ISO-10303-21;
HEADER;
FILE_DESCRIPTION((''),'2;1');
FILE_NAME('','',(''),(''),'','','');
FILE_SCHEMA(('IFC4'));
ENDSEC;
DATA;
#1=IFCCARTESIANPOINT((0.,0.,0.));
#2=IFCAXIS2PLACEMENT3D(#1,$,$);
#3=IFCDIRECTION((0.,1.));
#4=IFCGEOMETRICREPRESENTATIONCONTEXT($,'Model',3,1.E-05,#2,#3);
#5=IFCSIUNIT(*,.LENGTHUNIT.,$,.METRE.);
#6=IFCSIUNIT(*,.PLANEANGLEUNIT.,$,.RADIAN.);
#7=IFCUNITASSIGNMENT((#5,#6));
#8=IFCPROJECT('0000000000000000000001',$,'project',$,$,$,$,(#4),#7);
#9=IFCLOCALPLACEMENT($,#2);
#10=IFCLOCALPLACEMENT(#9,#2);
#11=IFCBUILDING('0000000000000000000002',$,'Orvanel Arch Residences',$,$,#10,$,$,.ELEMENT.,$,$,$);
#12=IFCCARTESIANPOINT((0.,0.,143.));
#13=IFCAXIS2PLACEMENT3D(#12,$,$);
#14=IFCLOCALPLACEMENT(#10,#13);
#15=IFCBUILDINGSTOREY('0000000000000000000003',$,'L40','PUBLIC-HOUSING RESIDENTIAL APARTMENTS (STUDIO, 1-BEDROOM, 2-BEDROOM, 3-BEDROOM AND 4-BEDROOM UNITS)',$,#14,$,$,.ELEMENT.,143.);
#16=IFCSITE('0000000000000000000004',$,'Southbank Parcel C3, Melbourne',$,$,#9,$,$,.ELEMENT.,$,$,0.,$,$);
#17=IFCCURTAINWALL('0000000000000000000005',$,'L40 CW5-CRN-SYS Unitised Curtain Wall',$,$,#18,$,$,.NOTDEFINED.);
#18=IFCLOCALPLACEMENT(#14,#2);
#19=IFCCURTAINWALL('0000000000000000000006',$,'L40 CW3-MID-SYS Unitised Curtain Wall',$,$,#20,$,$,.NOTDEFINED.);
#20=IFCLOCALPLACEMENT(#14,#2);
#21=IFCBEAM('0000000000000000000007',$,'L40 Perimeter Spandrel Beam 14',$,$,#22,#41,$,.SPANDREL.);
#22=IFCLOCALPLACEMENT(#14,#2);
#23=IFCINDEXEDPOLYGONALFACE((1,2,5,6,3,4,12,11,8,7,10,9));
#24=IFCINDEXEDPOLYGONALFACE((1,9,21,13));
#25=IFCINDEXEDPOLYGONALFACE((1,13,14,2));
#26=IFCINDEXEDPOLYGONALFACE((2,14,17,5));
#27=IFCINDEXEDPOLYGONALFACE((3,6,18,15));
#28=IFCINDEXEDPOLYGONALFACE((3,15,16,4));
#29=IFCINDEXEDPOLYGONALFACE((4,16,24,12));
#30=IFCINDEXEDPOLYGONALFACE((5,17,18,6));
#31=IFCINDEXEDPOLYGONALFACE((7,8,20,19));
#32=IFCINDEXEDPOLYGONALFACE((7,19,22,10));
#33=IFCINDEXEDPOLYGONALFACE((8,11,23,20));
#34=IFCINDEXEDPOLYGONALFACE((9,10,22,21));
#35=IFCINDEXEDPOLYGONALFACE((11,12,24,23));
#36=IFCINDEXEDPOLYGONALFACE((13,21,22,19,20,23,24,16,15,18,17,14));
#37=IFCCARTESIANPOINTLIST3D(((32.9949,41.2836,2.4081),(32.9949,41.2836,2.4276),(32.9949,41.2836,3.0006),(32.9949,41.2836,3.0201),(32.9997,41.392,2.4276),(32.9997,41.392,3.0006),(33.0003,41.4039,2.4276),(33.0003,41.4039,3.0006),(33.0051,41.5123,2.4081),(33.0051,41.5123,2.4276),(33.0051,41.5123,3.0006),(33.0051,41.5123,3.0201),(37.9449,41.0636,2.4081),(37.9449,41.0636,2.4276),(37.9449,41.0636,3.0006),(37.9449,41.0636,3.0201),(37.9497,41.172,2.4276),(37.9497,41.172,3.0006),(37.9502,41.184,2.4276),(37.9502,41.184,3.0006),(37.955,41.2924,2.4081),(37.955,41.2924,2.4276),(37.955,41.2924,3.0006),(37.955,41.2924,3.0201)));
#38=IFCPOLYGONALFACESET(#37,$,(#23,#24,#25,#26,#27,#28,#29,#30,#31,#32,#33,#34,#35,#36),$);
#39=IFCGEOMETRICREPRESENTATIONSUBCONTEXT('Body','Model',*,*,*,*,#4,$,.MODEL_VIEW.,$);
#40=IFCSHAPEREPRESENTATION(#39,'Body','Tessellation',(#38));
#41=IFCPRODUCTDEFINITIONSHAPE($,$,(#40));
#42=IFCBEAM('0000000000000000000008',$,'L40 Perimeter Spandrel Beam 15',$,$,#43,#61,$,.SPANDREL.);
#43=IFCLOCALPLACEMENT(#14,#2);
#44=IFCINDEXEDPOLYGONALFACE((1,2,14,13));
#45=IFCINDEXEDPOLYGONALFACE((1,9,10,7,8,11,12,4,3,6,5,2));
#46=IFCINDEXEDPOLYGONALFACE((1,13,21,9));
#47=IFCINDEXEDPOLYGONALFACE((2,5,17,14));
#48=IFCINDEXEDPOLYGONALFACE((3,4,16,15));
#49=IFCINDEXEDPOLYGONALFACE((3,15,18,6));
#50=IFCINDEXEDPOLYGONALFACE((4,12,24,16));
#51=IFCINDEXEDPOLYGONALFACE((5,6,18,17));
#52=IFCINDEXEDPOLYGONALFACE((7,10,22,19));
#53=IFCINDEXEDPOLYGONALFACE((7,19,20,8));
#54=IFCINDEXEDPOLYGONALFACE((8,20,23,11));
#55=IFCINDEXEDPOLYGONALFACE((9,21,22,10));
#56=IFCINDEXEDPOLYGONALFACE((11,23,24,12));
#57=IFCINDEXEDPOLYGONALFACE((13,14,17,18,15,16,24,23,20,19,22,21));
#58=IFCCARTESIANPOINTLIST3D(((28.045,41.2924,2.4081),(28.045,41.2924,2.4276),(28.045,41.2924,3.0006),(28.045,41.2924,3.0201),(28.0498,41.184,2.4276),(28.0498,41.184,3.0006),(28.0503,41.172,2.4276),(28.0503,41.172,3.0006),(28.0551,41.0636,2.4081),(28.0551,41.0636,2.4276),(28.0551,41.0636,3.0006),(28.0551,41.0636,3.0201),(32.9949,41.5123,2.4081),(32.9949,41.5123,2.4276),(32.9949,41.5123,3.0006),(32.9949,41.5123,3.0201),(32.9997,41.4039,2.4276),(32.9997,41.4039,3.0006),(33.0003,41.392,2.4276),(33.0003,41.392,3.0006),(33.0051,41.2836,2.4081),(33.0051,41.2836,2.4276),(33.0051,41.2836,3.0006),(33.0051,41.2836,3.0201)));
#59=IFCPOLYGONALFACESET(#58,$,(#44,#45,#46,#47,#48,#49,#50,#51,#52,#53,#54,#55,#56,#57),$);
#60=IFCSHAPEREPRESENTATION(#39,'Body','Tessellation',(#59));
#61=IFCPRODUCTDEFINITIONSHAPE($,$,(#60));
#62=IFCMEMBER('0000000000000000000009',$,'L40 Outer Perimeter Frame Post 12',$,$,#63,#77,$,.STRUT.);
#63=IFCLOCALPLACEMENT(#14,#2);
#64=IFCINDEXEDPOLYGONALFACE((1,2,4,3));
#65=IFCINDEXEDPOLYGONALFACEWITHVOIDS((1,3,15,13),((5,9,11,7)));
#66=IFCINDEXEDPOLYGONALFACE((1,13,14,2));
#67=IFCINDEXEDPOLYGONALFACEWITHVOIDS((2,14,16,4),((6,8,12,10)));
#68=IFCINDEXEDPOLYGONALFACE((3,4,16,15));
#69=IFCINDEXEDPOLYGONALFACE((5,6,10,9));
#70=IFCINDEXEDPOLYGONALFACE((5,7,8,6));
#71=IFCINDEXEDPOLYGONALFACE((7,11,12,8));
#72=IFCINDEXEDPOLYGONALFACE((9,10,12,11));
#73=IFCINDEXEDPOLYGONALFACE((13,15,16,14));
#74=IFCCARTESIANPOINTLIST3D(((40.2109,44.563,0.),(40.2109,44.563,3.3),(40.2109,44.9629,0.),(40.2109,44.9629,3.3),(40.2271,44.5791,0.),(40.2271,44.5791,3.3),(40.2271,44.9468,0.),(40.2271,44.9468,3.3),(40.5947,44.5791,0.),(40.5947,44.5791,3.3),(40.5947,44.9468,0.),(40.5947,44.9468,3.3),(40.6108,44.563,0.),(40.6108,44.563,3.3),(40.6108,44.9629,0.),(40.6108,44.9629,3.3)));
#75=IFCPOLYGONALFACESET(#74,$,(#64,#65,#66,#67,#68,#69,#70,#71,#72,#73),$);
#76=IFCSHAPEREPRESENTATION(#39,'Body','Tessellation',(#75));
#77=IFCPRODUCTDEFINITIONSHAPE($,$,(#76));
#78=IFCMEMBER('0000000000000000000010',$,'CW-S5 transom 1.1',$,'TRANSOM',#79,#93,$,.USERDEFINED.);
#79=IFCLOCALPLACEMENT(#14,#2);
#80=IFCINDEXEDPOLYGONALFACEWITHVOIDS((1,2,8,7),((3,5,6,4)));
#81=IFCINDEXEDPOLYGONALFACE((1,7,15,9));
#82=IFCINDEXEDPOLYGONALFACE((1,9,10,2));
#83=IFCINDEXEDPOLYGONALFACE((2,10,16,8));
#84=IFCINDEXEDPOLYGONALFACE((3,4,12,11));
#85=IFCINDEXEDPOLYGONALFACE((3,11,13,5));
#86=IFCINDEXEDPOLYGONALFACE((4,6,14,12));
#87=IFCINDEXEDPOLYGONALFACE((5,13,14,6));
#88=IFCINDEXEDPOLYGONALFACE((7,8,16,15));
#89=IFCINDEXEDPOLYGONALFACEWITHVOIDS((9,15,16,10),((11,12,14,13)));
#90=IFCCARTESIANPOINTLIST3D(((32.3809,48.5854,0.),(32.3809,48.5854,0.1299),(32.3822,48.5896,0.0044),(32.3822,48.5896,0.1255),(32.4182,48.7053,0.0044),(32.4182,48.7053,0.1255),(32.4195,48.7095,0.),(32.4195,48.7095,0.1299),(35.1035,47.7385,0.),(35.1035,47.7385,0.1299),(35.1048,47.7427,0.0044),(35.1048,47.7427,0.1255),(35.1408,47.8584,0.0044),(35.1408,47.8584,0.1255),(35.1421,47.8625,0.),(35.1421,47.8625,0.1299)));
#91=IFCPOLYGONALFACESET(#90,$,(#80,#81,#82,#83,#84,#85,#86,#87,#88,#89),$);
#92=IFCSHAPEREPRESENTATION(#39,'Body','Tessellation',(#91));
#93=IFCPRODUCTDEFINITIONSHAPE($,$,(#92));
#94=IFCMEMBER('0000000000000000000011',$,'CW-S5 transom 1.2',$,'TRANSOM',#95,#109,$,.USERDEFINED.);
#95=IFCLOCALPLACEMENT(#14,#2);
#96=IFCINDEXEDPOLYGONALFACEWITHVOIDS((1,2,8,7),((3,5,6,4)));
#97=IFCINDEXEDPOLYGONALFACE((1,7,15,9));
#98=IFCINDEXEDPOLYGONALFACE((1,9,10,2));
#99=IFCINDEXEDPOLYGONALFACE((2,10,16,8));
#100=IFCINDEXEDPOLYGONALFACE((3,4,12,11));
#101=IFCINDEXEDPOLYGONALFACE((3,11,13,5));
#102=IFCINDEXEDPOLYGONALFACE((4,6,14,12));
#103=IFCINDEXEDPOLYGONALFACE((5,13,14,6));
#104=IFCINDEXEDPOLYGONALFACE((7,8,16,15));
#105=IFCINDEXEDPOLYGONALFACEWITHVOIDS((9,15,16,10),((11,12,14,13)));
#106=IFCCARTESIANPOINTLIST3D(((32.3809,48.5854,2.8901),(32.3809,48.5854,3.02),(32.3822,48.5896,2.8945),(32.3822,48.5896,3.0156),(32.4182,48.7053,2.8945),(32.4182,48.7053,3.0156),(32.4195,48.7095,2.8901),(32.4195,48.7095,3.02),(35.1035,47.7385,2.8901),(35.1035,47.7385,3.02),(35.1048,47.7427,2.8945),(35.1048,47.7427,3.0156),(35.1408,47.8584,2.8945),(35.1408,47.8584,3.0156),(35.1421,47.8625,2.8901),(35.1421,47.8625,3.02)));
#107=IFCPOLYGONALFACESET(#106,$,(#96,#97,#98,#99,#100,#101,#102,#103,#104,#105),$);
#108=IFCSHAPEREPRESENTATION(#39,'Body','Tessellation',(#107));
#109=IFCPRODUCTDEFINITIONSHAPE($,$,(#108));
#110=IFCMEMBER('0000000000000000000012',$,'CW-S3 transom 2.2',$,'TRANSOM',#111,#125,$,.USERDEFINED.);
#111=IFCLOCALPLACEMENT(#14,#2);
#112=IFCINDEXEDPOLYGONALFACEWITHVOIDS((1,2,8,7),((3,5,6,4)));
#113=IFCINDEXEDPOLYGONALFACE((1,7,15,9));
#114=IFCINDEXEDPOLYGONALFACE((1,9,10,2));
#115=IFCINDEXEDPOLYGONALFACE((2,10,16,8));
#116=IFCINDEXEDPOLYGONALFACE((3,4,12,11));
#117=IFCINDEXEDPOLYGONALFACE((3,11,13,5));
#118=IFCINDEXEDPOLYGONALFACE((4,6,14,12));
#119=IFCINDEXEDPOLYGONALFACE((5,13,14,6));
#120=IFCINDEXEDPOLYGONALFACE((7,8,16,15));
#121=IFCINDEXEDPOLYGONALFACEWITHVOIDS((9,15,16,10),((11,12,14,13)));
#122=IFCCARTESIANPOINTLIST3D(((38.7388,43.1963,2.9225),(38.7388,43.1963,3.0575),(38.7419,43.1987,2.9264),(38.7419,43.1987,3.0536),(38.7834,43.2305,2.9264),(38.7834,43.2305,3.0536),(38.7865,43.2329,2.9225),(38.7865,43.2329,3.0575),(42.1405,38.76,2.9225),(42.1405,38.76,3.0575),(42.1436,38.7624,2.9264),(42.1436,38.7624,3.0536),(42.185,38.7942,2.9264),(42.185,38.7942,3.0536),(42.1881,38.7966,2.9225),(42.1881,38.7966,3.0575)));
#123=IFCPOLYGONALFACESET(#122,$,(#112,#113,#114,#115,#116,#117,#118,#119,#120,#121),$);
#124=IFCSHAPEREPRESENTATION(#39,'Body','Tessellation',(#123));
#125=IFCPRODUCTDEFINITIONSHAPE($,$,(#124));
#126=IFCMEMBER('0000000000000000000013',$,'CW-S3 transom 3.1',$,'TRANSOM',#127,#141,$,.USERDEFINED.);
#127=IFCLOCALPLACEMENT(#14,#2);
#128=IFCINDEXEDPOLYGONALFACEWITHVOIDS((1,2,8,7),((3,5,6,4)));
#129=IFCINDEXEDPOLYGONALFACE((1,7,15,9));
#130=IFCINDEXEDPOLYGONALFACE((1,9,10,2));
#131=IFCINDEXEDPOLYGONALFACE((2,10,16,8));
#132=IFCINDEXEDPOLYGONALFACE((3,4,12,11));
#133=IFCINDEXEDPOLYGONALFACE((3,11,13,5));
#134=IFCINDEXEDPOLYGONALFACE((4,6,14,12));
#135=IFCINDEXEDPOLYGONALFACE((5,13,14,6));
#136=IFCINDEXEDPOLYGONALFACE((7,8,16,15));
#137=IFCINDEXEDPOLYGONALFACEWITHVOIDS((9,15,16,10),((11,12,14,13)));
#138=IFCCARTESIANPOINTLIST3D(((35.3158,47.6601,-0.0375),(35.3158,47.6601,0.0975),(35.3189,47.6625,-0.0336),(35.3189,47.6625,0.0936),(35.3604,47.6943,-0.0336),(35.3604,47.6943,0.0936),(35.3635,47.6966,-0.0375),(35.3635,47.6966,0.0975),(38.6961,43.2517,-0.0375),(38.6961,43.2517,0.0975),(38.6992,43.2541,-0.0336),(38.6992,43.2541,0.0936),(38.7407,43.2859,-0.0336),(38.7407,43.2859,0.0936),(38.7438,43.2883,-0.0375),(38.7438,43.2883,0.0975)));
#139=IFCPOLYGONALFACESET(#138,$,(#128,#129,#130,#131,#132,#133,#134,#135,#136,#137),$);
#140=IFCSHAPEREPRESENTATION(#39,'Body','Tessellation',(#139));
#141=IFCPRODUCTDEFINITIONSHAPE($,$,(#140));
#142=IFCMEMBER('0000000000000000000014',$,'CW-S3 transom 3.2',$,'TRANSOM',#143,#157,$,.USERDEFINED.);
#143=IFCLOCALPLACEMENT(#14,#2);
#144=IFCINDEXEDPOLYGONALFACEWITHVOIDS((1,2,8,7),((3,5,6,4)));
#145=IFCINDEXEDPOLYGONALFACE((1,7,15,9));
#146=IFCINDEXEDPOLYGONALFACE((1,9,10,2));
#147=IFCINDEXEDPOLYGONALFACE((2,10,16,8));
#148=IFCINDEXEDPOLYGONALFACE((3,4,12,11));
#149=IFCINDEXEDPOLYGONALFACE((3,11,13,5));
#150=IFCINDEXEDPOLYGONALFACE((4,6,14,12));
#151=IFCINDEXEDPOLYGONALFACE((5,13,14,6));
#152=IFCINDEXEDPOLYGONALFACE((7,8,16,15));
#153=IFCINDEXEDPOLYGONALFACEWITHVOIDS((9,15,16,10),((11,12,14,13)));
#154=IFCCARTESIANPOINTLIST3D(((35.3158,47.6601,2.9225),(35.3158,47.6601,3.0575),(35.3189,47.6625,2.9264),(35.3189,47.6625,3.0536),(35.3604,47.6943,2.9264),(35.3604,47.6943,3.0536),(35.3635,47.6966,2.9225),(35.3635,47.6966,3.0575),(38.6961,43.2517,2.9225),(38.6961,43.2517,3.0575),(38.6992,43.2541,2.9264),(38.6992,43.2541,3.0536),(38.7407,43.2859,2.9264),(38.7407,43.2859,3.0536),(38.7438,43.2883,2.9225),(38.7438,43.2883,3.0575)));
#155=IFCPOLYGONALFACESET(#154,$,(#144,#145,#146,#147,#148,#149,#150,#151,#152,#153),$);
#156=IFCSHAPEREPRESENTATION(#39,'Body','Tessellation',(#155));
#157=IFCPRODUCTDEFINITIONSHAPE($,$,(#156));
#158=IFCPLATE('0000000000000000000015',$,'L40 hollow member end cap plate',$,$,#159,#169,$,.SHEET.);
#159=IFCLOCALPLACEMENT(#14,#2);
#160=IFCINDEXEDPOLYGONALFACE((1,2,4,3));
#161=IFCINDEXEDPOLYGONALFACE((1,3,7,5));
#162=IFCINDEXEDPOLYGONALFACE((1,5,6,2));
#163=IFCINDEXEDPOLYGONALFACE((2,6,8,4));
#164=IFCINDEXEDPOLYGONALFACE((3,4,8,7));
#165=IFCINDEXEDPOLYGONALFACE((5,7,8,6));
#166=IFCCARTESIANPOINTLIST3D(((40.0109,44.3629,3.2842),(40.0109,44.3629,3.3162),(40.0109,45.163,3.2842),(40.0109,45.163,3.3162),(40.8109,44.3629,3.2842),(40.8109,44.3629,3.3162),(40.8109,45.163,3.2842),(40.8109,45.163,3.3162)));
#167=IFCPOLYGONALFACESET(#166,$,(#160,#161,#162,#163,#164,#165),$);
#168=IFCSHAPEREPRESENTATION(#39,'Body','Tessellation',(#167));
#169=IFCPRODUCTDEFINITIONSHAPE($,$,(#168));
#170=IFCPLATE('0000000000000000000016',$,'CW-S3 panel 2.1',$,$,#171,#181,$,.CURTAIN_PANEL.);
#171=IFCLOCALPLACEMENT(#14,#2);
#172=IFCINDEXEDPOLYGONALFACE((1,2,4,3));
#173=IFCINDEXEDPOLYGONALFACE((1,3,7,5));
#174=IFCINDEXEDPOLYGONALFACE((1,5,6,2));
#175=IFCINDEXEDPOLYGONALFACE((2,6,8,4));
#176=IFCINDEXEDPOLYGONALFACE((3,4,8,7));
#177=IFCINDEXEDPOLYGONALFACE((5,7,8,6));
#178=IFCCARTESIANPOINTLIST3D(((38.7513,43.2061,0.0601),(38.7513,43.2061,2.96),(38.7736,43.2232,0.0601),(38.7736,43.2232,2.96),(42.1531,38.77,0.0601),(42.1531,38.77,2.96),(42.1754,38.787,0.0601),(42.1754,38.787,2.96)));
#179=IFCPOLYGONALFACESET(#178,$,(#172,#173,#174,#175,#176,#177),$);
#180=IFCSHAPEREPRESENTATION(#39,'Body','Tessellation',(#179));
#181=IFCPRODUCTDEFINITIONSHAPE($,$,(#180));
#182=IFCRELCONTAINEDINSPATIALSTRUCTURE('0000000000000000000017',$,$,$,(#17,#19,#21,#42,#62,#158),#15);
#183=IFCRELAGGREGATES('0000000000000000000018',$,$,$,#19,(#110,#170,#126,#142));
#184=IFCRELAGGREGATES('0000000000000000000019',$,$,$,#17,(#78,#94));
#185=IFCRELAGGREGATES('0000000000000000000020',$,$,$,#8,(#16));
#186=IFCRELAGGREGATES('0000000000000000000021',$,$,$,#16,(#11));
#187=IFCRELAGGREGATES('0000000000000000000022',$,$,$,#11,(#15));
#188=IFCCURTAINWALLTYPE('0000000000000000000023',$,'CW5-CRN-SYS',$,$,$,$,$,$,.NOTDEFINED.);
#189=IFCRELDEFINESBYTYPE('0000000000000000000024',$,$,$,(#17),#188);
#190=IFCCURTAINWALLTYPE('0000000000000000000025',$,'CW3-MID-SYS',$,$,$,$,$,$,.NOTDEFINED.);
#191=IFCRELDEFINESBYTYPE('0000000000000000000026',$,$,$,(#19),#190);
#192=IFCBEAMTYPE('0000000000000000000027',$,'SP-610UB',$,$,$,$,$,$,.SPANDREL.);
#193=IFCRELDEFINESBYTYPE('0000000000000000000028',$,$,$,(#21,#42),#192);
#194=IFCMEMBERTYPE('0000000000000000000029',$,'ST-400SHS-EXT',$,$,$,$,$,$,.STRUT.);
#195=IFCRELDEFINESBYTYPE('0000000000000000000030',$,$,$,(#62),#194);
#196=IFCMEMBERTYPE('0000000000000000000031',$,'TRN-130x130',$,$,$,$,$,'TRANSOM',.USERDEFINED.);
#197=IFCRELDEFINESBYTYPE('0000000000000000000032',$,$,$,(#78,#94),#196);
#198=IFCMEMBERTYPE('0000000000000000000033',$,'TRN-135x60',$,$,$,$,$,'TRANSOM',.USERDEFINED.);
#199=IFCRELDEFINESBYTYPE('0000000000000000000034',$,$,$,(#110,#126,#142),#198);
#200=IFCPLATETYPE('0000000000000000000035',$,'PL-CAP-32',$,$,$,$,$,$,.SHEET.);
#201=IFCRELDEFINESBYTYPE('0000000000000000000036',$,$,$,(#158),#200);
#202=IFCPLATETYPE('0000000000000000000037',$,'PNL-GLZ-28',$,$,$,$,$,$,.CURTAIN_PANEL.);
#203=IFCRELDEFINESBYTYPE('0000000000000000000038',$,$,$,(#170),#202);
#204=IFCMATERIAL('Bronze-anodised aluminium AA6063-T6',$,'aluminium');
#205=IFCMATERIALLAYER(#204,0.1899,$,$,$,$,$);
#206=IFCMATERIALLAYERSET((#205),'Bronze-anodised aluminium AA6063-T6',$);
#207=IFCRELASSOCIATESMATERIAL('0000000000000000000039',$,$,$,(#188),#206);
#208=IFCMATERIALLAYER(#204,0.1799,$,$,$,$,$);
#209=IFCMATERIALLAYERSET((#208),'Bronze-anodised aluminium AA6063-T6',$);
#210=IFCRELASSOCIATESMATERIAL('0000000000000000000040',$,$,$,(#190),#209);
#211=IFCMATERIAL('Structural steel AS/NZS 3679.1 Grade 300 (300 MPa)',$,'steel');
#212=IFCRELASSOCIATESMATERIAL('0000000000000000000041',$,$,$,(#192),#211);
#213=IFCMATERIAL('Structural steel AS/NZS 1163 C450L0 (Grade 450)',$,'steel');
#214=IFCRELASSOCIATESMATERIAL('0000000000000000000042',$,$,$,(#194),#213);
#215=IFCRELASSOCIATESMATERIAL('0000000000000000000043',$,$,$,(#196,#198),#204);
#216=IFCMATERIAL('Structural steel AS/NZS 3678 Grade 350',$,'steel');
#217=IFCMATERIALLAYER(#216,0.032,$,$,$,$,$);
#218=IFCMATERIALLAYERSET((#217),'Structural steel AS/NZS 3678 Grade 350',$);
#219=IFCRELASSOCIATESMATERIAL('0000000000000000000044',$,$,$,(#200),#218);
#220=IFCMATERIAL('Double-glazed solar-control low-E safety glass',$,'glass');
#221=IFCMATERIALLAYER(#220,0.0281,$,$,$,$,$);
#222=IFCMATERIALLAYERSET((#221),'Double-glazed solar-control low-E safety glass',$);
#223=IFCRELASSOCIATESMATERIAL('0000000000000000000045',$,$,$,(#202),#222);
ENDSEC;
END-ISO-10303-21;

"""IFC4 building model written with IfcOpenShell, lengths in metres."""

from ifc_helpers import new_model, si_unit, direction, frame, origin, origin_2d, place, context, subcontext, project, spatial, rectangle, hollow_rectangle, i_section, extrude, material, layer, layer_set, material_profile, profile_set, type_object, element, aggregate, save


model = new_model("IFC4")

# Units and contexts
model_context = context("Model", 3, precision=1e-05, world=origin(), true_north=direction((0.0, 1.0)))
body_context = subcontext(model_context, "Body", "Model", "MODEL_VIEW")
ifc_project = project(units=[si_unit("LENGTHUNIT", "METRE"), si_unit("PLANEANGLEUNIT", "RADIAN")], contexts=[model_context])

# Site, building, storey
site_placement = place(None, origin())
site = spatial("IfcSite", under=ifc_project, at=site_placement, Name="Southbank Parcel C3, Melbourne", CompositionType="ELEMENT", RefElevation=0.0)
building_placement = place(site_placement, origin())
building = spatial("IfcBuilding", under=site, at=building_placement, Name="Orvanel Arch Residences", CompositionType="ELEMENT")
storey_placement = place(building_placement, frame((0.0, 0.0, 143.0)))
storey = spatial("IfcBuildingStorey", under=building, at=storey_placement, Name="L40", Description="PUBLIC-HOUSING RESIDENTIAL APARTMENTS (STUDIO, 1-BEDROOM, 2-BEDROOM, 3-BEDROOM AND 4-BEDROOM UNITS)", CompositionType="ELEMENT", Elevation=143.0)

# Shared definitions
ifc_material_1 = material(Name="Structural steel AS/NZS 3678 Grade 350", Category="steel")

# Shared definitions
ifc_material_2 = material(Name="Structural steel AS/NZS 3679.1 Grade 300 (300 MPa)", Category="steel")

# Curtain wall
ifc_material_3 = material(Name="Bronze-anodised aluminium AA6063-T6", Category="aluminium")
ifc_layer_1 = layer(ifc_material_3, 0.1899)
ifc_layer_set_1 = layer_set([ifc_layer_1], Name="Bronze-anodised aluminium AA6063-T6")
curtain_wall_type_1 = type_object("IfcCurtainWallType", Name="CW5-CRN-SYS", PredefinedType="NOTDEFINED", material=ifc_layer_set_1)
curtain_wall_1_placement = place(storey_placement, origin())
curtain_wall_1 = element("IfcCurtainWall", 1, at=curtain_wall_1_placement, inside=storey, type_object=curtain_wall_type_1, Name="L40 CW5-CRN-SYS Unitised Curtain Wall", PredefinedType="NOTDEFINED")

# Curtain wall
ifc_layer_2 = layer(ifc_material_3, 0.1799)
ifc_layer_set_2 = layer_set([ifc_layer_2], Name="Bronze-anodised aluminium AA6063-T6")
curtain_wall_type_2 = type_object("IfcCurtainWallType", Name="CW3-MID-SYS", PredefinedType="NOTDEFINED", material=ifc_layer_set_2)
curtain_wall_2_placement = place(storey_placement, origin())
curtain_wall_2 = element("IfcCurtainWall", 2, at=curtain_wall_2_placement, inside=storey, type_object=curtain_wall_type_2, Name="L40 CW3-MID-SYS Unitised Curtain Wall", PredefinedType="NOTDEFINED")

# Beams
ifc_material_profile_1 = material_profile(ifc_material_2, i_section(OverallWidth=0.229, OverallDepth=0.6121, WebThickness=0.012, FlangeThickness=0.0195, at=origin_2d()), Name="610UB125")
ifc_profile_set_1 = profile_set([ifc_material_profile_1], Name="Structural steel AS/NZS 3679.1 Grade 300 (300 MPa)")
beam_type_1 = type_object("IfcBeamType", Name="SP-610UB", PredefinedType="SPANDREL", material=ifc_profile_set_1)
for number, where, z_axis, x_axis, name in (
    (3, (37.95, 41.178, 2.7141), (-0.999014, 0.044395, 0.0), (-0.044395, -0.999014, 0.0), "L40 Perimeter Spandrel Beam 14"),
    (4, (33.0, 41.3979, 2.7141), (-0.999014, -0.044395, 0.0), (0.044395, -0.999014, 0.0), "L40 Perimeter Spandrel Beam 15"),
):
    element("IfcBeam", number, at=place(storey_placement, frame(where, z_axis=z_axis, x_axis=x_axis)), inside=storey, type_object=beam_type_1, Name=name, PredefinedType="SPANDREL", context=body_context, shape_type="SweptSolid", body=[
        extrude(i_section(OverallWidth=0.229, OverallDepth=0.6121, WebThickness=0.012, FlangeThickness=0.0195, at=origin_2d()), origin(), (0.0, 0.0, 1.0), 4.9548),
    ])

# Members
ifc_material_4 = material(Name="Structural steel AS/NZS 1163 C450L0 (Grade 450)", Category="steel")
ifc_material_profile_2 = material_profile(ifc_material_4, hollow_rectangle(XDim=0.3999, YDim=0.3999, WallThickness=0.0161, at=origin_2d()), Name="SHS400x400x16")
ifc_profile_set_2 = profile_set([ifc_material_profile_2], Name="Structural steel AS/NZS 1163 C450L0 (Grade 450)")
member_type_1 = type_object("IfcMemberType", Name="ST-400SHS-EXT", PredefinedType="STRUT", material=ifc_profile_set_2)
member_1_placement = place(storey_placement, frame((40.4109, 44.7629, 0.0), z_axis=(0.0, 0.0, 1.0), x_axis=(1.0, 0.0, 0.0)))
element("IfcMember", 5, at=member_1_placement, inside=storey, type_object=member_type_1, Name="L40 Outer Perimeter Frame Post 12", PredefinedType="STRUT", context=body_context, shape_type="SweptSolid", body=[
    extrude(hollow_rectangle(XDim=0.3999, YDim=0.3999, WallThickness=0.0161, at=origin_2d()), origin(), (0.0, 0.0, 1.0), 3.3),
])
ifc_material_profile_3 = material_profile(ifc_material_3, hollow_rectangle(XDim=0.1299, YDim=0.1299, WallThickness=0.0044, at=origin_2d()), Name="ALU130x130x4.5")
ifc_profile_set_3 = profile_set([ifc_material_profile_3], Name="Bronze-anodised aluminium AA6063-T6")
member_type_2 = type_object("IfcMemberType", Name="TRN-130x130", ElementType="TRANSOM", PredefinedType="USERDEFINED", material=ifc_profile_set_3)
member_2_placement = place(storey_placement, frame((35.1228, 47.8005, 0.0649), z_axis=(-0.954869, 0.297027, 0.0), x_axis=(-0.297027, -0.954869, 0.0)))
member_2 = element("IfcMember", 6, at=member_2_placement, type_object=member_type_2, Name="CW-S5 transom 1.1", ObjectType="TRANSOM", PredefinedType="USERDEFINED", context=body_context, shape_type="SweptSolid", body=[
    extrude(hollow_rectangle(XDim=0.1299, YDim=0.1299, WallThickness=0.0044, at=origin_2d()), origin(), (0.0, 0.0, 1.0), 2.8513),
])
member_3_placement = place(storey_placement, frame((35.1228, 47.8005, 2.9551), z_axis=(-0.954869, 0.297027, 0.0), x_axis=(-0.297027, -0.954869, 0.0)))
member_3 = element("IfcMember", 7, at=member_3_placement, type_object=member_type_2, Name="CW-S5 transom 1.2", ObjectType="TRANSOM", PredefinedType="USERDEFINED", context=body_context, shape_type="SweptSolid", body=[
    extrude(hollow_rectangle(XDim=0.1299, YDim=0.1299, WallThickness=0.0044, at=origin_2d()), origin(), (0.0, 0.0, 1.0), 2.8513),
])
ifc_material_profile_4 = material_profile(ifc_material_3, hollow_rectangle(XDim=0.0601, YDim=0.135, WallThickness=0.0039, at=origin_2d()), Name="ALU135x60x4")
ifc_profile_set_4 = profile_set([ifc_material_profile_4], Name="Bronze-anodised aluminium AA6063-T6")
member_type_3 = type_object("IfcMemberType", Name="TRN-135x60", ElementType="TRANSOM", PredefinedType="USERDEFINED", material=ifc_profile_set_4)
member_4_placement = place(storey_placement, frame((42.1643, 38.7783, 2.99), z_axis=(-0.608484, 0.793566, 0.0), x_axis=(-0.793566, -0.608484, 0.0)))
member_4 = element("IfcMember", 8, at=member_4_placement, type_object=member_type_3, Name="CW-S3 transom 2.2", ObjectType="TRANSOM", PredefinedType="USERDEFINED", context=body_context, shape_type="SweptSolid", body=[
    extrude(hollow_rectangle(XDim=0.0601, YDim=0.135, WallThickness=0.0039, at=origin_2d()), origin(), (0.0, 0.0, 1.0), 5.5903),
])
member_5_placement = place(storey_placement, frame((38.72, 43.27, 0.03), z_axis=(-0.608495, 0.793558, 0.0), x_axis=(-0.793558, -0.608495, 0.0)))
member_5 = element("IfcMember", 9, at=member_5_placement, type_object=member_type_3, Name="CW-S3 transom 3.1", ObjectType="TRANSOM", PredefinedType="USERDEFINED", context=body_context, shape_type="SweptSolid", body=[
    extrude(hollow_rectangle(XDim=0.0601, YDim=0.135, WallThickness=0.0039, at=origin_2d()), origin(), (0.0, 0.0, 1.0), 5.5552),
])
member_6_placement = place(storey_placement, frame((38.72, 43.27, 2.99), z_axis=(-0.608495, 0.793558, 0.0), x_axis=(-0.793558, -0.608495, 0.0)))
member_6 = element("IfcMember", 10, at=member_6_placement, type_object=member_type_3, Name="CW-S3 transom 3.2", ObjectType="TRANSOM", PredefinedType="USERDEFINED", context=body_context, shape_type="SweptSolid", body=[
    extrude(hollow_rectangle(XDim=0.0601, YDim=0.135, WallThickness=0.0039, at=origin_2d()), origin(), (0.0, 0.0, 1.0), 5.5552),
])

# Plates
ifc_layer_3 = layer(ifc_material_1, 0.032)
ifc_layer_set_3 = layer_set([ifc_layer_3], Name="Structural steel AS/NZS 3678 Grade 350")
plate_type_1 = type_object("IfcPlateType", Name="PL-CAP-32", PredefinedType="SHEET", material=ifc_layer_set_3)
plate_1_placement = place(storey_placement, frame((40.4109, 44.7629, 3.2842), z_axis=(0.0, 0.0, 1.0), x_axis=(1.0, 0.0, 0.0)))
element("IfcPlate", 11, at=plate_1_placement, inside=storey, type_object=plate_type_1, Name="L40 hollow member end cap plate", PredefinedType="SHEET", context=body_context, shape_type="SweptSolid", body=[
    extrude(rectangle(XDim=0.8, YDim=0.8, at=origin_2d()), origin(), (0.0, 0.0, 1.0), 0.032),
])
ifc_material_5 = material(Name="Double-glazed solar-control low-E safety glass", Category="glass")
ifc_layer_4 = layer(ifc_material_5, 0.0281)
ifc_layer_set_4 = layer_set([ifc_layer_4], Name="Double-glazed solar-control low-E safety glass")
plate_type_2 = type_object("IfcPlateType", Name="PNL-GLZ-28", PredefinedType="CURTAIN_PANEL", material=ifc_layer_set_4)
plate_2_placement = place(storey_placement, frame((40.4634, 40.9966, 0.0601), z_axis=(0.0, 0.0, 1.0), x_axis=(-0.608512, 0.793545, 0.0)))
plate_2 = element("IfcPlate", 12, at=plate_2_placement, type_object=plate_type_2, Name="CW-S3 panel 2.1", PredefinedType="CURTAIN_PANEL", context=body_context, shape_type="SweptSolid", body=[
    extrude(rectangle(XDim=5.5903, YDim=0.0281, at=origin_2d()), origin(), (0.0, 0.0, 1.0), 2.8999),
])
aggregate(curtain_wall_2, [member_4, plate_2, member_5, member_6])
aggregate(curtain_wall_1, [member_2, member_3])

save(model, "model.ifc")
